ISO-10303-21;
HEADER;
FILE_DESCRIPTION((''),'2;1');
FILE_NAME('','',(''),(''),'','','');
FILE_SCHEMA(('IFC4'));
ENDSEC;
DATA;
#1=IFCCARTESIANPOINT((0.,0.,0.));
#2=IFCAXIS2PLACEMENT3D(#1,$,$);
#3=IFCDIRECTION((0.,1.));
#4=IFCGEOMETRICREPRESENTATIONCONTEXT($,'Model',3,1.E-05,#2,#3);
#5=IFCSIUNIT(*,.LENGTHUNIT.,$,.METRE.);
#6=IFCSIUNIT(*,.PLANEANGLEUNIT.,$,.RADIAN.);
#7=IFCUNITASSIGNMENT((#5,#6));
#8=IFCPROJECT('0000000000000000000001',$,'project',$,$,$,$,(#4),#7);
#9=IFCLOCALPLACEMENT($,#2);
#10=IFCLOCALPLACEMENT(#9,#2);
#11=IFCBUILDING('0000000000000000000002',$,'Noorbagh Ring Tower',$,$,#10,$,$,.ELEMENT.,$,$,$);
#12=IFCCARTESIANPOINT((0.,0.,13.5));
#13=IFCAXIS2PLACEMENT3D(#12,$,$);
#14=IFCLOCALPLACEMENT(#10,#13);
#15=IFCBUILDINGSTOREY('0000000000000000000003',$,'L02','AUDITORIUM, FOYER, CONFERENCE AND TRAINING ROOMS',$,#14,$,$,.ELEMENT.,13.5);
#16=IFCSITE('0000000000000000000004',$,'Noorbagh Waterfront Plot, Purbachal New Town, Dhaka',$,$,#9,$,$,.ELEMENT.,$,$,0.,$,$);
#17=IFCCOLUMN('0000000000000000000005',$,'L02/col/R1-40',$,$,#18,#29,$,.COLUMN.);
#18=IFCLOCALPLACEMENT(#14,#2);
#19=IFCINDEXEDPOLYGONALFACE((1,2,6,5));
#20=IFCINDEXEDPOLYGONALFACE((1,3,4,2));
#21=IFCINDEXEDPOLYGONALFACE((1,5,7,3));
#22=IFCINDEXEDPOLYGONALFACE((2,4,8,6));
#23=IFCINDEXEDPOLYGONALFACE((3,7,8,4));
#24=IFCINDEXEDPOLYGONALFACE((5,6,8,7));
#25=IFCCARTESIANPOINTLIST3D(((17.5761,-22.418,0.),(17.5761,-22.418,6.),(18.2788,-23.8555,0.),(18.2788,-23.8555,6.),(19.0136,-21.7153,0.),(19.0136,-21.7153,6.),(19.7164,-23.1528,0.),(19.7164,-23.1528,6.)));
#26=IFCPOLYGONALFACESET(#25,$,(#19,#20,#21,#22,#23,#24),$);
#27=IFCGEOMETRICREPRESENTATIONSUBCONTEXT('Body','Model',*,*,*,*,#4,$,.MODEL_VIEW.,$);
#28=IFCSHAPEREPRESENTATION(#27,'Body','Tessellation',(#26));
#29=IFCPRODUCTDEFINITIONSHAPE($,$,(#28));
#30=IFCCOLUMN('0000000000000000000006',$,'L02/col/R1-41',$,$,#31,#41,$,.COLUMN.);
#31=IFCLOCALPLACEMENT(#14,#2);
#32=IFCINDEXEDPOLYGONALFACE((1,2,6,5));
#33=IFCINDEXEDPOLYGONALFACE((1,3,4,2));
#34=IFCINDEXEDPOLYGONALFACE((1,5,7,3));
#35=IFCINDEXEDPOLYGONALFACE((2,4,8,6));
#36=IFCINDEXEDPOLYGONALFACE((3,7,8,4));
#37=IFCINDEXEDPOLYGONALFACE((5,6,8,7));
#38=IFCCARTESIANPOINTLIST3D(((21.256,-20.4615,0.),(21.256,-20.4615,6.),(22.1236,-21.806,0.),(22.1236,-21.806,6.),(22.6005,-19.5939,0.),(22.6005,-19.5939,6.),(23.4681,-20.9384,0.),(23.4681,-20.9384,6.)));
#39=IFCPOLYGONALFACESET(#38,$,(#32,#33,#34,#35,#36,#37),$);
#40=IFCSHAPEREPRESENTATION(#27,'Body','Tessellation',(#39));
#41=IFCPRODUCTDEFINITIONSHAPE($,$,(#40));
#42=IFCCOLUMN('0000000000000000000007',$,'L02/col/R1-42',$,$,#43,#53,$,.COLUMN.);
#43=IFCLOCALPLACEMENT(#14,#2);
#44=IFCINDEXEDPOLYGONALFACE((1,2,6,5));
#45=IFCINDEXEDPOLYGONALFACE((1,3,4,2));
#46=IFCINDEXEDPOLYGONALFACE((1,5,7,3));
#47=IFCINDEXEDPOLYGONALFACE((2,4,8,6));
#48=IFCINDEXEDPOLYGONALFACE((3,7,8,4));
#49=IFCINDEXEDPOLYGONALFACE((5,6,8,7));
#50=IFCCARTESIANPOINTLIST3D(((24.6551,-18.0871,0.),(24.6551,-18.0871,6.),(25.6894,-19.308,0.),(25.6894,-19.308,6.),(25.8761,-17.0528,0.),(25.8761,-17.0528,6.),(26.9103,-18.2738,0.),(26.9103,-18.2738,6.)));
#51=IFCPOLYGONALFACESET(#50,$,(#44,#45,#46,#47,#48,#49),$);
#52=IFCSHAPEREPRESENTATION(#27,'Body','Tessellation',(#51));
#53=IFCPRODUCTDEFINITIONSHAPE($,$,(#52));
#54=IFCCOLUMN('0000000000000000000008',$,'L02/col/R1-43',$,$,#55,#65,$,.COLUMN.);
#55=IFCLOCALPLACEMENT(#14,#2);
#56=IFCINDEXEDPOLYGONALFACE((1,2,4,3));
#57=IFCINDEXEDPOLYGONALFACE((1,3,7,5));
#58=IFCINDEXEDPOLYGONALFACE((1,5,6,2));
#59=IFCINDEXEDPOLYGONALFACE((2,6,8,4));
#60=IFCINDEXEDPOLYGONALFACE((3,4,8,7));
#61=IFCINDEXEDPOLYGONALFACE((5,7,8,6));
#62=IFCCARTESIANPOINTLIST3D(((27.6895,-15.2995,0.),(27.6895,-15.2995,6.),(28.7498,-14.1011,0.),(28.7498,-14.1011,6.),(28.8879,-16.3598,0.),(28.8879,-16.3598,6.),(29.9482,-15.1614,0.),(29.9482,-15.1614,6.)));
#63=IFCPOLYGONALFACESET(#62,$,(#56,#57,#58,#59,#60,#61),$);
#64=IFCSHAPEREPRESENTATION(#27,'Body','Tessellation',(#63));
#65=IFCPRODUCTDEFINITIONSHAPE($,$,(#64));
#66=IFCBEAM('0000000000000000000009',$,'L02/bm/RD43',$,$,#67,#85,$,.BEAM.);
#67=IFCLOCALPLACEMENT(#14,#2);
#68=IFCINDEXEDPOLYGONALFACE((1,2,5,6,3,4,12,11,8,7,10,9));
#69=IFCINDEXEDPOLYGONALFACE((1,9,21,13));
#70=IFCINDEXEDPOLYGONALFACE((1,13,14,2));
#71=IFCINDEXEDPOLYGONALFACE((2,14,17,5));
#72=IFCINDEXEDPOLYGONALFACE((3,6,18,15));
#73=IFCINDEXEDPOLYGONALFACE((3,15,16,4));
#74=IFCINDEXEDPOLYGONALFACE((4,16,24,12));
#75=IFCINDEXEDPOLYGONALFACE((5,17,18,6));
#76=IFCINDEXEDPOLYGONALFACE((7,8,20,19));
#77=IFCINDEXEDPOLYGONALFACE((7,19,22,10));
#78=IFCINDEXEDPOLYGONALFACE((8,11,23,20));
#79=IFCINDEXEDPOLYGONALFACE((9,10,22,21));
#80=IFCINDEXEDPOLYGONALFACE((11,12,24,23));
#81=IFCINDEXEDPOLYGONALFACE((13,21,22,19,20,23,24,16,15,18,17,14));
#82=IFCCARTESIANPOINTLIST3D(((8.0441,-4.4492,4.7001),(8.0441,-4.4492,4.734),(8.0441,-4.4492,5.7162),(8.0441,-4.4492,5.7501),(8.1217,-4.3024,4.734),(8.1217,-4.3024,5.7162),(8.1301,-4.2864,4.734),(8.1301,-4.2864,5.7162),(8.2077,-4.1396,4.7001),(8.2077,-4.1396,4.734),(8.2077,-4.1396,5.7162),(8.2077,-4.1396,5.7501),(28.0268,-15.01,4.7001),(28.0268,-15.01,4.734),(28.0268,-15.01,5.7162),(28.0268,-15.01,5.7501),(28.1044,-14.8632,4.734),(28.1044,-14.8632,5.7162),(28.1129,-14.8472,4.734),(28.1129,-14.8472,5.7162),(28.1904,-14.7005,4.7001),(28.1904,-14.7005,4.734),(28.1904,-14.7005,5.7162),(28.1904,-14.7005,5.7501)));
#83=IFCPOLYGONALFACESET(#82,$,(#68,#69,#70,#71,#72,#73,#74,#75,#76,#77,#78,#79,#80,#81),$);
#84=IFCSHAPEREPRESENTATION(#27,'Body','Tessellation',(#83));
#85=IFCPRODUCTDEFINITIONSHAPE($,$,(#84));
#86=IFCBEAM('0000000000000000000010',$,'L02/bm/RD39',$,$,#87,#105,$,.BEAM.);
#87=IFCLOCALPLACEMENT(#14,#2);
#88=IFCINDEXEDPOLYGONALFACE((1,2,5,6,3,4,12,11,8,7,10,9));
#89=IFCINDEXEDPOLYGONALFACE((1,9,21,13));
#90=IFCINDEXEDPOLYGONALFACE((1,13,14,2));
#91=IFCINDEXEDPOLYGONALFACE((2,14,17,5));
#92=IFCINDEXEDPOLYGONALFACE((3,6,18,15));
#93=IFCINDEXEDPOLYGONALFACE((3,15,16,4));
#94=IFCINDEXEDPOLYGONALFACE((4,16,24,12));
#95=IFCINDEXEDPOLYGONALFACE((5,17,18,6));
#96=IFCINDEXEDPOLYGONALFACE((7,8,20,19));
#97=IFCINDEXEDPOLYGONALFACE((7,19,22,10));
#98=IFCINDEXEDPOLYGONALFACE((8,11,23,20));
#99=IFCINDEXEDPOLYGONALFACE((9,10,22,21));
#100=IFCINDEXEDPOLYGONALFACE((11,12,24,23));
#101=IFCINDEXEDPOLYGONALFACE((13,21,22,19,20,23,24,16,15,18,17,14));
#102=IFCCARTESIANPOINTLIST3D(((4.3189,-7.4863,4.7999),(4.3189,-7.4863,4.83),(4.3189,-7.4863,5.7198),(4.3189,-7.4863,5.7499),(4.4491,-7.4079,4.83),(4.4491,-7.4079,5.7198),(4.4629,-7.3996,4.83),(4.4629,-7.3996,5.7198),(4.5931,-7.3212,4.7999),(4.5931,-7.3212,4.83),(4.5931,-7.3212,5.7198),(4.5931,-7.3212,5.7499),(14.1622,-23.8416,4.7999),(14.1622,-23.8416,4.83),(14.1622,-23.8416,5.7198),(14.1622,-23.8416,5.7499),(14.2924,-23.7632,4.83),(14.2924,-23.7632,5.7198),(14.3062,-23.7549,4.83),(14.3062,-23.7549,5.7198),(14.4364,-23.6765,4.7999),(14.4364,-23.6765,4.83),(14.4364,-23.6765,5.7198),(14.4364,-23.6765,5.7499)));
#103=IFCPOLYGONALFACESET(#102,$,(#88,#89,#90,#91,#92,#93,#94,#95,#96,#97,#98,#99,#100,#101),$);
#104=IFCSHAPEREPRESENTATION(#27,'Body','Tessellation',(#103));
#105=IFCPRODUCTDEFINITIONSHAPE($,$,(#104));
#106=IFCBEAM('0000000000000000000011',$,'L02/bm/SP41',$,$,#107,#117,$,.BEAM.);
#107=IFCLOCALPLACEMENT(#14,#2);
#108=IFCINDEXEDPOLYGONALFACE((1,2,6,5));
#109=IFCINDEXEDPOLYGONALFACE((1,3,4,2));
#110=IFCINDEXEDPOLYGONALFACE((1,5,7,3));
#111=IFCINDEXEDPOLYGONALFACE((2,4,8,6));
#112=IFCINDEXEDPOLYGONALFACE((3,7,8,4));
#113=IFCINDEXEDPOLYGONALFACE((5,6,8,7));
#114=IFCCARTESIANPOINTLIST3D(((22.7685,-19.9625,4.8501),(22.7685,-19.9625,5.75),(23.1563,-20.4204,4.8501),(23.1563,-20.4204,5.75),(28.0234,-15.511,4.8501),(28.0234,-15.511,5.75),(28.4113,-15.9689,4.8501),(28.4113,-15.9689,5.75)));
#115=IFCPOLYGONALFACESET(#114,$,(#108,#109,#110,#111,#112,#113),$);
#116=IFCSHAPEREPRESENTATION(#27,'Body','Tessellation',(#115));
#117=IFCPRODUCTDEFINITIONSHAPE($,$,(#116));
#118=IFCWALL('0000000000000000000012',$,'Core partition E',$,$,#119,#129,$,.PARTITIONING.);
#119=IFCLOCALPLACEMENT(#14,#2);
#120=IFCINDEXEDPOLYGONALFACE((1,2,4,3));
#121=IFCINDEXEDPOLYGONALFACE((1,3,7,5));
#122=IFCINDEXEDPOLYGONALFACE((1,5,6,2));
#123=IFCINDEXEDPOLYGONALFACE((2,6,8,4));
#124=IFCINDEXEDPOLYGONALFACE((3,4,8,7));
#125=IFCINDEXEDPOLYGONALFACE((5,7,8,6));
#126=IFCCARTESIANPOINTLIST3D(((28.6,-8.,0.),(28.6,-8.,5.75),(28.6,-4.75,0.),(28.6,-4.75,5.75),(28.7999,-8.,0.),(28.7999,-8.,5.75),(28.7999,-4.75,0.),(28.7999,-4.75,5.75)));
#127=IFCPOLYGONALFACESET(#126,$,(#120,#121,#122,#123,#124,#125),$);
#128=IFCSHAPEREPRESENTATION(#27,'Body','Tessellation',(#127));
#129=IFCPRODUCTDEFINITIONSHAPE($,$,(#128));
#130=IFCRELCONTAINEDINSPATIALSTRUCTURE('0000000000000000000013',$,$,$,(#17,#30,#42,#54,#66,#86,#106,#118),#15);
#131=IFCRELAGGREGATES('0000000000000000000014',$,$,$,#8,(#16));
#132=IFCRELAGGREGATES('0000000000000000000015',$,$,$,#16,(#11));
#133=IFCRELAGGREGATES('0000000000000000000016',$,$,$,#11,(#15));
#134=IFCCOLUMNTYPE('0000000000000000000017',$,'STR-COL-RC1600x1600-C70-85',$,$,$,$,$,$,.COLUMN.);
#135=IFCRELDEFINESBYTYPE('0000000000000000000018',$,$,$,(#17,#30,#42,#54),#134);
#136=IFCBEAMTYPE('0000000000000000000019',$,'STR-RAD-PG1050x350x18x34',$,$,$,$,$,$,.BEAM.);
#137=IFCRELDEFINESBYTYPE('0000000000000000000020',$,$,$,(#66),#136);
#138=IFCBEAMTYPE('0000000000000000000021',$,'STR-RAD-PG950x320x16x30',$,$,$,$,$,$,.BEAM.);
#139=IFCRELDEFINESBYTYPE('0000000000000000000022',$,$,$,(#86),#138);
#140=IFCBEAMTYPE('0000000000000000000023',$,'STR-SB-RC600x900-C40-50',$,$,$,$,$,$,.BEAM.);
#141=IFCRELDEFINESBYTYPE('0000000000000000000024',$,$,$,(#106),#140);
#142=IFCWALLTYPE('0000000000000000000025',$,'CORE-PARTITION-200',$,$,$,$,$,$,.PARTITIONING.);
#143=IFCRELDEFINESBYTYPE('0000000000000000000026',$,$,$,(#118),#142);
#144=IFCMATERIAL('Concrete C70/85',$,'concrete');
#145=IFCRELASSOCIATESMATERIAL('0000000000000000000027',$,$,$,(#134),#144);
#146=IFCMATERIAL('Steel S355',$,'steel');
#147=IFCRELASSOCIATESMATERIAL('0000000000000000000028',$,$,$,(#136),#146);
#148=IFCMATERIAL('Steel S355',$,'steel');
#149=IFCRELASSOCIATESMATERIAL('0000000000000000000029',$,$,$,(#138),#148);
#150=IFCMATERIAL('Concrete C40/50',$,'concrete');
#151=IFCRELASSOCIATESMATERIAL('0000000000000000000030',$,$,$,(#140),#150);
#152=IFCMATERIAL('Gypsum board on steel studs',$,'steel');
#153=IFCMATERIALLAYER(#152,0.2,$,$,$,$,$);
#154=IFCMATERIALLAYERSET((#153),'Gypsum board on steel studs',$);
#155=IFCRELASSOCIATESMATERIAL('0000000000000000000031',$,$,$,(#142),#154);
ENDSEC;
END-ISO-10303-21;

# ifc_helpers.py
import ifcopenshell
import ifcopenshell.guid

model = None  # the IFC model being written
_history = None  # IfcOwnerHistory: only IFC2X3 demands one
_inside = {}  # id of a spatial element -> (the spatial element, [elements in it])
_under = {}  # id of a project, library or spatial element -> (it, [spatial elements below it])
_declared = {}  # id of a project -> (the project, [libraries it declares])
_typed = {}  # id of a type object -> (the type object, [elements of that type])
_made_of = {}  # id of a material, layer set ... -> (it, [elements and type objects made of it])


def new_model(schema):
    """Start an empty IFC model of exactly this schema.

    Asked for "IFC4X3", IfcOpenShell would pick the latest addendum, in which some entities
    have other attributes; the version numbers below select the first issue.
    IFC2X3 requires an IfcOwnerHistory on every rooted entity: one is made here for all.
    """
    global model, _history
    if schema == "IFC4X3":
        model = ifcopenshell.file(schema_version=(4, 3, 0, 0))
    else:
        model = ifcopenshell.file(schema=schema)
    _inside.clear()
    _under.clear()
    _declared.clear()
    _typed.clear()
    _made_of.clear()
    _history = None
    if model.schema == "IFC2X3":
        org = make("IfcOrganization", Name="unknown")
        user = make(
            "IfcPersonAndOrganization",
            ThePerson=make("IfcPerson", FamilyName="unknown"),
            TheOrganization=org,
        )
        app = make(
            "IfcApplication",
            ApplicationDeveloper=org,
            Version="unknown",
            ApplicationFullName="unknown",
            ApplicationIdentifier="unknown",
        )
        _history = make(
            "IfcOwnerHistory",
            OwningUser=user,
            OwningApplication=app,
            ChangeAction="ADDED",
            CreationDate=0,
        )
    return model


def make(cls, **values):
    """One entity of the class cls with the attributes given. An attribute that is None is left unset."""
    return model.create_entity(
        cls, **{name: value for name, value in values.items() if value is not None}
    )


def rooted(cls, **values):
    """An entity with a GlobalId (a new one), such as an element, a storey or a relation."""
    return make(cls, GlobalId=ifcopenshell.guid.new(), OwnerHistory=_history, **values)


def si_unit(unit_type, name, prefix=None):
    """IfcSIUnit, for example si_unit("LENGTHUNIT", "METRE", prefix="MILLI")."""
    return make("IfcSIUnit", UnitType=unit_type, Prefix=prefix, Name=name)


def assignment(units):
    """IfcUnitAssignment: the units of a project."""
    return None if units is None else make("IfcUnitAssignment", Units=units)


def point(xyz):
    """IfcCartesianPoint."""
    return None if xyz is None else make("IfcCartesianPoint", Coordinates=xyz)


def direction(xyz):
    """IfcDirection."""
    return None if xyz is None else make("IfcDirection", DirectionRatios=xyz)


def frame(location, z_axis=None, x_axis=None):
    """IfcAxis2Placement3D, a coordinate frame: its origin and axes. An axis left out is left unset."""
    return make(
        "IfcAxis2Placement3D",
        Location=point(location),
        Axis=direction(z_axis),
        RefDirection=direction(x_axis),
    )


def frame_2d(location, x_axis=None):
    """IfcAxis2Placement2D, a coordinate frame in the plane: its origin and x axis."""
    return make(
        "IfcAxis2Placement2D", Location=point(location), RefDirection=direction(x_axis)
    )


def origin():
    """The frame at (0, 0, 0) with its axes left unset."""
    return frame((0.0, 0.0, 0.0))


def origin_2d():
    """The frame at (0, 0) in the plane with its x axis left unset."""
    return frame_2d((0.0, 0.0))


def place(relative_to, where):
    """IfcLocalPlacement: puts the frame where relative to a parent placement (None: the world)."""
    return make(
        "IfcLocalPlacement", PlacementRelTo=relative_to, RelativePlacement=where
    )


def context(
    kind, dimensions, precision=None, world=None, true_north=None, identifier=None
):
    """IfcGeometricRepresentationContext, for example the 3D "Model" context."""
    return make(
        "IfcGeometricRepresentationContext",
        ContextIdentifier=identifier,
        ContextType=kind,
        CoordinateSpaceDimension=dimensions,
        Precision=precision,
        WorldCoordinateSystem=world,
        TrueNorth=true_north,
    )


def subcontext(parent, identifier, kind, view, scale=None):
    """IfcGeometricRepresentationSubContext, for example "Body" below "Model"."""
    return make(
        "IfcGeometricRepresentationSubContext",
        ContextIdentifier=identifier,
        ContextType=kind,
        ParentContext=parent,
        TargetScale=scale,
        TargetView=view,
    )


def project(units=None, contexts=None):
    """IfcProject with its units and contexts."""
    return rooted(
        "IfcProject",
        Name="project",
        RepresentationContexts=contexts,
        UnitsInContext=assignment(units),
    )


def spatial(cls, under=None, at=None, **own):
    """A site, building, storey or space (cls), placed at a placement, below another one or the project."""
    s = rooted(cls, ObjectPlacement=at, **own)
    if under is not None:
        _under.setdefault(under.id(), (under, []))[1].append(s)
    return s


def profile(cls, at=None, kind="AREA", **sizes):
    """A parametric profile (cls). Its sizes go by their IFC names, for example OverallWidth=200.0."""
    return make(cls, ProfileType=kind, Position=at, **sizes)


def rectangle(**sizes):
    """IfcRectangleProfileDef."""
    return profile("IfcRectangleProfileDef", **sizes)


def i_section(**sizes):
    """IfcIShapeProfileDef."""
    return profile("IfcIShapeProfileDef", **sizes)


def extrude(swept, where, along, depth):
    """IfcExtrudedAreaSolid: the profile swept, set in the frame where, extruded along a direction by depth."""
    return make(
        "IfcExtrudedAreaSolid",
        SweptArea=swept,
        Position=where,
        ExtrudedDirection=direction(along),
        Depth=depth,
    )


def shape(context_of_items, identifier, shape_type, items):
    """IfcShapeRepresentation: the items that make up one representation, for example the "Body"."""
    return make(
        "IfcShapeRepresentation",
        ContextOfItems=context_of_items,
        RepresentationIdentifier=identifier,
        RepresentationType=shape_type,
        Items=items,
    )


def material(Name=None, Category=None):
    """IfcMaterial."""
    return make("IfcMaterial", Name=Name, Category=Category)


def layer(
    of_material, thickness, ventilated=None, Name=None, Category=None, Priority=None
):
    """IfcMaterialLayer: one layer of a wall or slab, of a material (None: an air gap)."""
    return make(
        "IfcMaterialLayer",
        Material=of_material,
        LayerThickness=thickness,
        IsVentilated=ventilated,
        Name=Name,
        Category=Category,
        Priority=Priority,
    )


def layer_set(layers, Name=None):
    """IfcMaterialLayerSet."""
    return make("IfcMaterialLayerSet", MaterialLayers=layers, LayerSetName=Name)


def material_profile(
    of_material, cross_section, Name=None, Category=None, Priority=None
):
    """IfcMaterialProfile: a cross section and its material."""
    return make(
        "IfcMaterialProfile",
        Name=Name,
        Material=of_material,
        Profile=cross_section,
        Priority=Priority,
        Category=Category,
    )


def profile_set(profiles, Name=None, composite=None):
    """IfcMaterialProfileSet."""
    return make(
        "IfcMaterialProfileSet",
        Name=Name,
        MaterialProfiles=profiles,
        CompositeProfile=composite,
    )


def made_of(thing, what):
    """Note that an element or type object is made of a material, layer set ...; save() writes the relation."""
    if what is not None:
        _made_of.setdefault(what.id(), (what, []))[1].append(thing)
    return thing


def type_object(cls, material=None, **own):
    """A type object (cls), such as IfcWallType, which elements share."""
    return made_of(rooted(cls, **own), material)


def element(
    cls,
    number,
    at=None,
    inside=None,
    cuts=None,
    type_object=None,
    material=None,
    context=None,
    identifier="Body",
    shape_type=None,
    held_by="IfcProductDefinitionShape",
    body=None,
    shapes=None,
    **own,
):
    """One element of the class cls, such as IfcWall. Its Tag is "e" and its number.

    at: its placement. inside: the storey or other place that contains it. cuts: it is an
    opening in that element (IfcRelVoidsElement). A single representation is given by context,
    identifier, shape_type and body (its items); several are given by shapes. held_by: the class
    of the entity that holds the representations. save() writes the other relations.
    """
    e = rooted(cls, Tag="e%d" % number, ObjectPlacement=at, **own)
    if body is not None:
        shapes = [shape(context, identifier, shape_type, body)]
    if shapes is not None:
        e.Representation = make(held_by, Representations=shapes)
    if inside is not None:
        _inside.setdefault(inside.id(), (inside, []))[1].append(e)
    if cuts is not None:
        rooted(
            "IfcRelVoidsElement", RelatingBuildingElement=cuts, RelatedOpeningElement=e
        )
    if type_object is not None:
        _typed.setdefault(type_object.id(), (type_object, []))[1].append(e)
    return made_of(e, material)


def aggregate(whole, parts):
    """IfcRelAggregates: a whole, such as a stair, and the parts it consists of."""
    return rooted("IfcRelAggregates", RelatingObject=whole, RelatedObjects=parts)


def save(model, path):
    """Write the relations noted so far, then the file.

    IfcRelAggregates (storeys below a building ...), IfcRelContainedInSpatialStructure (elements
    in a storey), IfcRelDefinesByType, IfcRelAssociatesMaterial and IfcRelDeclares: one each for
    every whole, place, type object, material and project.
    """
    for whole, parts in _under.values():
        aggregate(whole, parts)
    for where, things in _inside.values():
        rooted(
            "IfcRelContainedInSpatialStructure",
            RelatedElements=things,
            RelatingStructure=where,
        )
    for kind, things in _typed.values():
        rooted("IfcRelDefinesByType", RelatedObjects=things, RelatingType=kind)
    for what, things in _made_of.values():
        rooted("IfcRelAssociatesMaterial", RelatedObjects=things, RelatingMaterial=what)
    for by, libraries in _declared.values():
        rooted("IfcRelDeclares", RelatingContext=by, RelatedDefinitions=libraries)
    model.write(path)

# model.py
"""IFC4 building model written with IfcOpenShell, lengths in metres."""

from ifc_helpers import new_model, si_unit, direction, frame, frame_2d, origin, origin_2d, place, context, subcontext, project, spatial, rectangle, i_section, extrude, material, layer, layer_set, material_profile, profile_set, type_object, element, save


model = new_model("IFC4")

# Units and contexts
model_context = context("Model", 3, precision=1e-05, world=origin(), true_north=direction((0.0, 1.0)))
body_context = subcontext(model_context, "Body", "Model", "MODEL_VIEW")
ifc_project = project(units=[si_unit("LENGTHUNIT", "METRE"), si_unit("PLANEANGLEUNIT", "RADIAN")], contexts=[model_context])

# Site, building, storey
site_placement = place(None, origin())
site = spatial("IfcSite", under=ifc_project, at=site_placement, Name="Noorbagh Waterfront Plot, Purbachal New Town, Dhaka", CompositionType="ELEMENT", RefElevation=0.0)
building_placement = place(site_placement, origin())
building = spatial("IfcBuilding", under=site, at=building_placement, Name="Noorbagh Ring Tower", CompositionType="ELEMENT")
storey_placement = place(building_placement, frame((0.0, 0.0, 13.5)))
storey = spatial("IfcBuildingStorey", under=building, at=storey_placement, Name="L02", Description="AUDITORIUM, FOYER, CONFERENCE AND TRAINING ROOMS", CompositionType="ELEMENT", Elevation=13.5)

# Columns
ifc_material_1 = material(Name="Concrete C70/85", Category="concrete")
ifc_material_profile_1 = material_profile(ifc_material_1, rectangle(XDim=1.6001, YDim=1.6001, at=origin_2d()), Name="RC1600x1600")
ifc_profile_set_1 = profile_set([ifc_material_profile_1], Name="Concrete C70/85")
column_type = type_object("IfcColumnType", Name="STR-COL-RC1600x1600-C70-85", PredefinedType="COLUMN", material=ifc_profile_set_1)
for number, where, z_axis, x_axis, name in (
    (1, (18.6462, -22.7854, 0.0), (0.0, 0.0, 1.0), (0.898399, 0.43918, 0.0), "L02/col/R1-40"),
    (2, (22.3621, -20.7, 0.0), (0.0, 0.0, 1.0), (0.840248, 0.542203, 0.0), "L02/col/R1-41"),
    (3, (25.7827, -18.1804, 0.0), (0.0, 0.0, 1.0), (0.763035, 0.646357, 0.0), "L02/col/R1-42"),
    (4, (28.8188, -15.2305, 0.0), (0.0, 0.0, 1.0), (0.662636, 0.748942, 0.0), "L02/col/R1-43"),
):
    element("IfcColumn", number, at=place(storey_placement, frame(where, z_axis=z_axis, x_axis=x_axis)), inside=storey, type_object=column_type, Name=name, PredefinedType="COLUMN", context=body_context, shape_type="SweptSolid", body=[
        extrude(rectangle(XDim=1.6001, YDim=1.6001, at=origin_2d()), origin(), (0.0, 0.0, 1.0), 6.0),
    ])

# Beams
ifc_material_2 = material(Name="Steel S355", Category="steel")
ifc_material_profile_2 = material_profile(ifc_material_2, i_section(OverallWidth=0.3501, OverallDepth=1.05, WebThickness=0.0181, FlangeThickness=0.0339, at=origin_2d()), Name="PG1050x350x18x34")
ifc_profile_set_2 = profile_set([ifc_material_profile_2], Name="Steel S355")
beam_type_1 = type_object("IfcBeamType", Name="STR-RAD-PG1050x350x18x34", PredefinedType="BEAM", material=ifc_profile_set_2)
beam_1_placement = place(storey_placement, frame((28.1086, -14.8552, 5.2251), z_axis=(-0.884122, 0.467256, 0.0), x_axis=(-0.467256, -0.884122, 0.0)))
element("IfcBeam", 5, at=beam_1_placement, inside=storey, type_object=beam_type_1, Name="L02/bm/RD43", PredefinedType="BEAM", context=body_context, shape_type="SweptSolid", body=[
    extrude(i_section(OverallWidth=0.3501, OverallDepth=1.05, WebThickness=0.0181, FlangeThickness=0.0339, at=origin_2d()), origin(), (0.0, 0.0, 1.0), 22.6018),
])
ifc_material_3 = material(Name="Steel S355", Category="steel")
ifc_material_profile_3 = material_profile(ifc_material_3, i_section(OverallWidth=0.3201, OverallDepth=0.95, WebThickness=0.0161, FlangeThickness=0.03, at=origin_2d()), Name="PG950x320x16x30")
ifc_profile_set_3 = profile_set([ifc_material_profile_3], Name="Steel S355")
beam_type_2 = type_object("IfcBeamType", Name="STR-RAD-PG950x320x16x30", PredefinedType="BEAM", material=ifc_profile_set_3)
beam_2_placement = place(storey_placement, frame((14.2993, -23.759, 5.2749), z_axis=(-0.515656, 0.856796, 0.0), x_axis=(-0.856796, -0.515656, 0.0)))
element("IfcBeam", 6, at=beam_2_placement, inside=storey, type_object=beam_type_2, Name="L02/bm/RD39", PredefinedType="BEAM", context=body_context, shape_type="SweptSolid", body=[
    extrude(i_section(OverallWidth=0.3201, OverallDepth=0.95, WebThickness=0.0161, FlangeThickness=0.03, at=origin_2d()), origin(), (0.0, 0.0, 1.0), 19.0889),
])
ifc_material_4 = material(Name="Concrete C40/50", Category="concrete")
ifc_material_profile_4 = material_profile(ifc_material_4, rectangle(XDim=0.6001, YDim=0.8999, at=origin_2d()), Name="RC600x900")
ifc_profile_set_4 = profile_set([ifc_material_profile_4], Name="Concrete C40/50")
beam_type_3 = type_object("IfcBeamType", Name="STR-SB-RC600x900-C40-50", PredefinedType="BEAM", material=ifc_profile_set_4)
beam_3_placement = place(storey_placement, frame((22.9624, -20.1914, 5.3), z_axis=(0.76303, 0.646363, 0.0), x_axis=(-0.646363, 0.76303, 0.0)))
element("IfcBeam", 7, at=beam_3_placement, inside=storey, type_object=beam_type_3, Name="L02/bm/SP41", PredefinedType="BEAM", context=body_context, shape_type="SweptSolid", body=[
    extrude(rectangle(XDim=0.6001, YDim=0.8999, at=origin_2d()), origin(), (0.0, 0.0, 1.0), 6.887),
])

# Wall
ifc_material_5 = material(Name="Gypsum board on steel studs", Category="steel")
ifc_layer_1 = layer(ifc_material_5, 0.2)
ifc_layer_set_1 = layer_set([ifc_layer_1], Name="Gypsum board on steel studs")
wall_type_1 = type_object("IfcWallType", Name="CORE-PARTITION-200", PredefinedType="PARTITIONING", material=ifc_layer_set_1)
wall_1_placement = place(storey_placement, frame((28.7, -8.0, 0.0), z_axis=(0.0, 0.0, 1.0), x_axis=(0.0, 1.0, 0.0)))
element("IfcWall", 8, at=wall_1_placement, inside=storey, type_object=wall_type_1, Name="Core partition E", PredefinedType="PARTITIONING", context=body_context, shape_type="SweptSolid", body=[
    extrude(rectangle(XDim=3.25, YDim=0.2, at=frame_2d((1.625, 0.0))), origin(), (0.0, 0.0, 1.0), 5.75),
])

save(model, "model.ifc")
